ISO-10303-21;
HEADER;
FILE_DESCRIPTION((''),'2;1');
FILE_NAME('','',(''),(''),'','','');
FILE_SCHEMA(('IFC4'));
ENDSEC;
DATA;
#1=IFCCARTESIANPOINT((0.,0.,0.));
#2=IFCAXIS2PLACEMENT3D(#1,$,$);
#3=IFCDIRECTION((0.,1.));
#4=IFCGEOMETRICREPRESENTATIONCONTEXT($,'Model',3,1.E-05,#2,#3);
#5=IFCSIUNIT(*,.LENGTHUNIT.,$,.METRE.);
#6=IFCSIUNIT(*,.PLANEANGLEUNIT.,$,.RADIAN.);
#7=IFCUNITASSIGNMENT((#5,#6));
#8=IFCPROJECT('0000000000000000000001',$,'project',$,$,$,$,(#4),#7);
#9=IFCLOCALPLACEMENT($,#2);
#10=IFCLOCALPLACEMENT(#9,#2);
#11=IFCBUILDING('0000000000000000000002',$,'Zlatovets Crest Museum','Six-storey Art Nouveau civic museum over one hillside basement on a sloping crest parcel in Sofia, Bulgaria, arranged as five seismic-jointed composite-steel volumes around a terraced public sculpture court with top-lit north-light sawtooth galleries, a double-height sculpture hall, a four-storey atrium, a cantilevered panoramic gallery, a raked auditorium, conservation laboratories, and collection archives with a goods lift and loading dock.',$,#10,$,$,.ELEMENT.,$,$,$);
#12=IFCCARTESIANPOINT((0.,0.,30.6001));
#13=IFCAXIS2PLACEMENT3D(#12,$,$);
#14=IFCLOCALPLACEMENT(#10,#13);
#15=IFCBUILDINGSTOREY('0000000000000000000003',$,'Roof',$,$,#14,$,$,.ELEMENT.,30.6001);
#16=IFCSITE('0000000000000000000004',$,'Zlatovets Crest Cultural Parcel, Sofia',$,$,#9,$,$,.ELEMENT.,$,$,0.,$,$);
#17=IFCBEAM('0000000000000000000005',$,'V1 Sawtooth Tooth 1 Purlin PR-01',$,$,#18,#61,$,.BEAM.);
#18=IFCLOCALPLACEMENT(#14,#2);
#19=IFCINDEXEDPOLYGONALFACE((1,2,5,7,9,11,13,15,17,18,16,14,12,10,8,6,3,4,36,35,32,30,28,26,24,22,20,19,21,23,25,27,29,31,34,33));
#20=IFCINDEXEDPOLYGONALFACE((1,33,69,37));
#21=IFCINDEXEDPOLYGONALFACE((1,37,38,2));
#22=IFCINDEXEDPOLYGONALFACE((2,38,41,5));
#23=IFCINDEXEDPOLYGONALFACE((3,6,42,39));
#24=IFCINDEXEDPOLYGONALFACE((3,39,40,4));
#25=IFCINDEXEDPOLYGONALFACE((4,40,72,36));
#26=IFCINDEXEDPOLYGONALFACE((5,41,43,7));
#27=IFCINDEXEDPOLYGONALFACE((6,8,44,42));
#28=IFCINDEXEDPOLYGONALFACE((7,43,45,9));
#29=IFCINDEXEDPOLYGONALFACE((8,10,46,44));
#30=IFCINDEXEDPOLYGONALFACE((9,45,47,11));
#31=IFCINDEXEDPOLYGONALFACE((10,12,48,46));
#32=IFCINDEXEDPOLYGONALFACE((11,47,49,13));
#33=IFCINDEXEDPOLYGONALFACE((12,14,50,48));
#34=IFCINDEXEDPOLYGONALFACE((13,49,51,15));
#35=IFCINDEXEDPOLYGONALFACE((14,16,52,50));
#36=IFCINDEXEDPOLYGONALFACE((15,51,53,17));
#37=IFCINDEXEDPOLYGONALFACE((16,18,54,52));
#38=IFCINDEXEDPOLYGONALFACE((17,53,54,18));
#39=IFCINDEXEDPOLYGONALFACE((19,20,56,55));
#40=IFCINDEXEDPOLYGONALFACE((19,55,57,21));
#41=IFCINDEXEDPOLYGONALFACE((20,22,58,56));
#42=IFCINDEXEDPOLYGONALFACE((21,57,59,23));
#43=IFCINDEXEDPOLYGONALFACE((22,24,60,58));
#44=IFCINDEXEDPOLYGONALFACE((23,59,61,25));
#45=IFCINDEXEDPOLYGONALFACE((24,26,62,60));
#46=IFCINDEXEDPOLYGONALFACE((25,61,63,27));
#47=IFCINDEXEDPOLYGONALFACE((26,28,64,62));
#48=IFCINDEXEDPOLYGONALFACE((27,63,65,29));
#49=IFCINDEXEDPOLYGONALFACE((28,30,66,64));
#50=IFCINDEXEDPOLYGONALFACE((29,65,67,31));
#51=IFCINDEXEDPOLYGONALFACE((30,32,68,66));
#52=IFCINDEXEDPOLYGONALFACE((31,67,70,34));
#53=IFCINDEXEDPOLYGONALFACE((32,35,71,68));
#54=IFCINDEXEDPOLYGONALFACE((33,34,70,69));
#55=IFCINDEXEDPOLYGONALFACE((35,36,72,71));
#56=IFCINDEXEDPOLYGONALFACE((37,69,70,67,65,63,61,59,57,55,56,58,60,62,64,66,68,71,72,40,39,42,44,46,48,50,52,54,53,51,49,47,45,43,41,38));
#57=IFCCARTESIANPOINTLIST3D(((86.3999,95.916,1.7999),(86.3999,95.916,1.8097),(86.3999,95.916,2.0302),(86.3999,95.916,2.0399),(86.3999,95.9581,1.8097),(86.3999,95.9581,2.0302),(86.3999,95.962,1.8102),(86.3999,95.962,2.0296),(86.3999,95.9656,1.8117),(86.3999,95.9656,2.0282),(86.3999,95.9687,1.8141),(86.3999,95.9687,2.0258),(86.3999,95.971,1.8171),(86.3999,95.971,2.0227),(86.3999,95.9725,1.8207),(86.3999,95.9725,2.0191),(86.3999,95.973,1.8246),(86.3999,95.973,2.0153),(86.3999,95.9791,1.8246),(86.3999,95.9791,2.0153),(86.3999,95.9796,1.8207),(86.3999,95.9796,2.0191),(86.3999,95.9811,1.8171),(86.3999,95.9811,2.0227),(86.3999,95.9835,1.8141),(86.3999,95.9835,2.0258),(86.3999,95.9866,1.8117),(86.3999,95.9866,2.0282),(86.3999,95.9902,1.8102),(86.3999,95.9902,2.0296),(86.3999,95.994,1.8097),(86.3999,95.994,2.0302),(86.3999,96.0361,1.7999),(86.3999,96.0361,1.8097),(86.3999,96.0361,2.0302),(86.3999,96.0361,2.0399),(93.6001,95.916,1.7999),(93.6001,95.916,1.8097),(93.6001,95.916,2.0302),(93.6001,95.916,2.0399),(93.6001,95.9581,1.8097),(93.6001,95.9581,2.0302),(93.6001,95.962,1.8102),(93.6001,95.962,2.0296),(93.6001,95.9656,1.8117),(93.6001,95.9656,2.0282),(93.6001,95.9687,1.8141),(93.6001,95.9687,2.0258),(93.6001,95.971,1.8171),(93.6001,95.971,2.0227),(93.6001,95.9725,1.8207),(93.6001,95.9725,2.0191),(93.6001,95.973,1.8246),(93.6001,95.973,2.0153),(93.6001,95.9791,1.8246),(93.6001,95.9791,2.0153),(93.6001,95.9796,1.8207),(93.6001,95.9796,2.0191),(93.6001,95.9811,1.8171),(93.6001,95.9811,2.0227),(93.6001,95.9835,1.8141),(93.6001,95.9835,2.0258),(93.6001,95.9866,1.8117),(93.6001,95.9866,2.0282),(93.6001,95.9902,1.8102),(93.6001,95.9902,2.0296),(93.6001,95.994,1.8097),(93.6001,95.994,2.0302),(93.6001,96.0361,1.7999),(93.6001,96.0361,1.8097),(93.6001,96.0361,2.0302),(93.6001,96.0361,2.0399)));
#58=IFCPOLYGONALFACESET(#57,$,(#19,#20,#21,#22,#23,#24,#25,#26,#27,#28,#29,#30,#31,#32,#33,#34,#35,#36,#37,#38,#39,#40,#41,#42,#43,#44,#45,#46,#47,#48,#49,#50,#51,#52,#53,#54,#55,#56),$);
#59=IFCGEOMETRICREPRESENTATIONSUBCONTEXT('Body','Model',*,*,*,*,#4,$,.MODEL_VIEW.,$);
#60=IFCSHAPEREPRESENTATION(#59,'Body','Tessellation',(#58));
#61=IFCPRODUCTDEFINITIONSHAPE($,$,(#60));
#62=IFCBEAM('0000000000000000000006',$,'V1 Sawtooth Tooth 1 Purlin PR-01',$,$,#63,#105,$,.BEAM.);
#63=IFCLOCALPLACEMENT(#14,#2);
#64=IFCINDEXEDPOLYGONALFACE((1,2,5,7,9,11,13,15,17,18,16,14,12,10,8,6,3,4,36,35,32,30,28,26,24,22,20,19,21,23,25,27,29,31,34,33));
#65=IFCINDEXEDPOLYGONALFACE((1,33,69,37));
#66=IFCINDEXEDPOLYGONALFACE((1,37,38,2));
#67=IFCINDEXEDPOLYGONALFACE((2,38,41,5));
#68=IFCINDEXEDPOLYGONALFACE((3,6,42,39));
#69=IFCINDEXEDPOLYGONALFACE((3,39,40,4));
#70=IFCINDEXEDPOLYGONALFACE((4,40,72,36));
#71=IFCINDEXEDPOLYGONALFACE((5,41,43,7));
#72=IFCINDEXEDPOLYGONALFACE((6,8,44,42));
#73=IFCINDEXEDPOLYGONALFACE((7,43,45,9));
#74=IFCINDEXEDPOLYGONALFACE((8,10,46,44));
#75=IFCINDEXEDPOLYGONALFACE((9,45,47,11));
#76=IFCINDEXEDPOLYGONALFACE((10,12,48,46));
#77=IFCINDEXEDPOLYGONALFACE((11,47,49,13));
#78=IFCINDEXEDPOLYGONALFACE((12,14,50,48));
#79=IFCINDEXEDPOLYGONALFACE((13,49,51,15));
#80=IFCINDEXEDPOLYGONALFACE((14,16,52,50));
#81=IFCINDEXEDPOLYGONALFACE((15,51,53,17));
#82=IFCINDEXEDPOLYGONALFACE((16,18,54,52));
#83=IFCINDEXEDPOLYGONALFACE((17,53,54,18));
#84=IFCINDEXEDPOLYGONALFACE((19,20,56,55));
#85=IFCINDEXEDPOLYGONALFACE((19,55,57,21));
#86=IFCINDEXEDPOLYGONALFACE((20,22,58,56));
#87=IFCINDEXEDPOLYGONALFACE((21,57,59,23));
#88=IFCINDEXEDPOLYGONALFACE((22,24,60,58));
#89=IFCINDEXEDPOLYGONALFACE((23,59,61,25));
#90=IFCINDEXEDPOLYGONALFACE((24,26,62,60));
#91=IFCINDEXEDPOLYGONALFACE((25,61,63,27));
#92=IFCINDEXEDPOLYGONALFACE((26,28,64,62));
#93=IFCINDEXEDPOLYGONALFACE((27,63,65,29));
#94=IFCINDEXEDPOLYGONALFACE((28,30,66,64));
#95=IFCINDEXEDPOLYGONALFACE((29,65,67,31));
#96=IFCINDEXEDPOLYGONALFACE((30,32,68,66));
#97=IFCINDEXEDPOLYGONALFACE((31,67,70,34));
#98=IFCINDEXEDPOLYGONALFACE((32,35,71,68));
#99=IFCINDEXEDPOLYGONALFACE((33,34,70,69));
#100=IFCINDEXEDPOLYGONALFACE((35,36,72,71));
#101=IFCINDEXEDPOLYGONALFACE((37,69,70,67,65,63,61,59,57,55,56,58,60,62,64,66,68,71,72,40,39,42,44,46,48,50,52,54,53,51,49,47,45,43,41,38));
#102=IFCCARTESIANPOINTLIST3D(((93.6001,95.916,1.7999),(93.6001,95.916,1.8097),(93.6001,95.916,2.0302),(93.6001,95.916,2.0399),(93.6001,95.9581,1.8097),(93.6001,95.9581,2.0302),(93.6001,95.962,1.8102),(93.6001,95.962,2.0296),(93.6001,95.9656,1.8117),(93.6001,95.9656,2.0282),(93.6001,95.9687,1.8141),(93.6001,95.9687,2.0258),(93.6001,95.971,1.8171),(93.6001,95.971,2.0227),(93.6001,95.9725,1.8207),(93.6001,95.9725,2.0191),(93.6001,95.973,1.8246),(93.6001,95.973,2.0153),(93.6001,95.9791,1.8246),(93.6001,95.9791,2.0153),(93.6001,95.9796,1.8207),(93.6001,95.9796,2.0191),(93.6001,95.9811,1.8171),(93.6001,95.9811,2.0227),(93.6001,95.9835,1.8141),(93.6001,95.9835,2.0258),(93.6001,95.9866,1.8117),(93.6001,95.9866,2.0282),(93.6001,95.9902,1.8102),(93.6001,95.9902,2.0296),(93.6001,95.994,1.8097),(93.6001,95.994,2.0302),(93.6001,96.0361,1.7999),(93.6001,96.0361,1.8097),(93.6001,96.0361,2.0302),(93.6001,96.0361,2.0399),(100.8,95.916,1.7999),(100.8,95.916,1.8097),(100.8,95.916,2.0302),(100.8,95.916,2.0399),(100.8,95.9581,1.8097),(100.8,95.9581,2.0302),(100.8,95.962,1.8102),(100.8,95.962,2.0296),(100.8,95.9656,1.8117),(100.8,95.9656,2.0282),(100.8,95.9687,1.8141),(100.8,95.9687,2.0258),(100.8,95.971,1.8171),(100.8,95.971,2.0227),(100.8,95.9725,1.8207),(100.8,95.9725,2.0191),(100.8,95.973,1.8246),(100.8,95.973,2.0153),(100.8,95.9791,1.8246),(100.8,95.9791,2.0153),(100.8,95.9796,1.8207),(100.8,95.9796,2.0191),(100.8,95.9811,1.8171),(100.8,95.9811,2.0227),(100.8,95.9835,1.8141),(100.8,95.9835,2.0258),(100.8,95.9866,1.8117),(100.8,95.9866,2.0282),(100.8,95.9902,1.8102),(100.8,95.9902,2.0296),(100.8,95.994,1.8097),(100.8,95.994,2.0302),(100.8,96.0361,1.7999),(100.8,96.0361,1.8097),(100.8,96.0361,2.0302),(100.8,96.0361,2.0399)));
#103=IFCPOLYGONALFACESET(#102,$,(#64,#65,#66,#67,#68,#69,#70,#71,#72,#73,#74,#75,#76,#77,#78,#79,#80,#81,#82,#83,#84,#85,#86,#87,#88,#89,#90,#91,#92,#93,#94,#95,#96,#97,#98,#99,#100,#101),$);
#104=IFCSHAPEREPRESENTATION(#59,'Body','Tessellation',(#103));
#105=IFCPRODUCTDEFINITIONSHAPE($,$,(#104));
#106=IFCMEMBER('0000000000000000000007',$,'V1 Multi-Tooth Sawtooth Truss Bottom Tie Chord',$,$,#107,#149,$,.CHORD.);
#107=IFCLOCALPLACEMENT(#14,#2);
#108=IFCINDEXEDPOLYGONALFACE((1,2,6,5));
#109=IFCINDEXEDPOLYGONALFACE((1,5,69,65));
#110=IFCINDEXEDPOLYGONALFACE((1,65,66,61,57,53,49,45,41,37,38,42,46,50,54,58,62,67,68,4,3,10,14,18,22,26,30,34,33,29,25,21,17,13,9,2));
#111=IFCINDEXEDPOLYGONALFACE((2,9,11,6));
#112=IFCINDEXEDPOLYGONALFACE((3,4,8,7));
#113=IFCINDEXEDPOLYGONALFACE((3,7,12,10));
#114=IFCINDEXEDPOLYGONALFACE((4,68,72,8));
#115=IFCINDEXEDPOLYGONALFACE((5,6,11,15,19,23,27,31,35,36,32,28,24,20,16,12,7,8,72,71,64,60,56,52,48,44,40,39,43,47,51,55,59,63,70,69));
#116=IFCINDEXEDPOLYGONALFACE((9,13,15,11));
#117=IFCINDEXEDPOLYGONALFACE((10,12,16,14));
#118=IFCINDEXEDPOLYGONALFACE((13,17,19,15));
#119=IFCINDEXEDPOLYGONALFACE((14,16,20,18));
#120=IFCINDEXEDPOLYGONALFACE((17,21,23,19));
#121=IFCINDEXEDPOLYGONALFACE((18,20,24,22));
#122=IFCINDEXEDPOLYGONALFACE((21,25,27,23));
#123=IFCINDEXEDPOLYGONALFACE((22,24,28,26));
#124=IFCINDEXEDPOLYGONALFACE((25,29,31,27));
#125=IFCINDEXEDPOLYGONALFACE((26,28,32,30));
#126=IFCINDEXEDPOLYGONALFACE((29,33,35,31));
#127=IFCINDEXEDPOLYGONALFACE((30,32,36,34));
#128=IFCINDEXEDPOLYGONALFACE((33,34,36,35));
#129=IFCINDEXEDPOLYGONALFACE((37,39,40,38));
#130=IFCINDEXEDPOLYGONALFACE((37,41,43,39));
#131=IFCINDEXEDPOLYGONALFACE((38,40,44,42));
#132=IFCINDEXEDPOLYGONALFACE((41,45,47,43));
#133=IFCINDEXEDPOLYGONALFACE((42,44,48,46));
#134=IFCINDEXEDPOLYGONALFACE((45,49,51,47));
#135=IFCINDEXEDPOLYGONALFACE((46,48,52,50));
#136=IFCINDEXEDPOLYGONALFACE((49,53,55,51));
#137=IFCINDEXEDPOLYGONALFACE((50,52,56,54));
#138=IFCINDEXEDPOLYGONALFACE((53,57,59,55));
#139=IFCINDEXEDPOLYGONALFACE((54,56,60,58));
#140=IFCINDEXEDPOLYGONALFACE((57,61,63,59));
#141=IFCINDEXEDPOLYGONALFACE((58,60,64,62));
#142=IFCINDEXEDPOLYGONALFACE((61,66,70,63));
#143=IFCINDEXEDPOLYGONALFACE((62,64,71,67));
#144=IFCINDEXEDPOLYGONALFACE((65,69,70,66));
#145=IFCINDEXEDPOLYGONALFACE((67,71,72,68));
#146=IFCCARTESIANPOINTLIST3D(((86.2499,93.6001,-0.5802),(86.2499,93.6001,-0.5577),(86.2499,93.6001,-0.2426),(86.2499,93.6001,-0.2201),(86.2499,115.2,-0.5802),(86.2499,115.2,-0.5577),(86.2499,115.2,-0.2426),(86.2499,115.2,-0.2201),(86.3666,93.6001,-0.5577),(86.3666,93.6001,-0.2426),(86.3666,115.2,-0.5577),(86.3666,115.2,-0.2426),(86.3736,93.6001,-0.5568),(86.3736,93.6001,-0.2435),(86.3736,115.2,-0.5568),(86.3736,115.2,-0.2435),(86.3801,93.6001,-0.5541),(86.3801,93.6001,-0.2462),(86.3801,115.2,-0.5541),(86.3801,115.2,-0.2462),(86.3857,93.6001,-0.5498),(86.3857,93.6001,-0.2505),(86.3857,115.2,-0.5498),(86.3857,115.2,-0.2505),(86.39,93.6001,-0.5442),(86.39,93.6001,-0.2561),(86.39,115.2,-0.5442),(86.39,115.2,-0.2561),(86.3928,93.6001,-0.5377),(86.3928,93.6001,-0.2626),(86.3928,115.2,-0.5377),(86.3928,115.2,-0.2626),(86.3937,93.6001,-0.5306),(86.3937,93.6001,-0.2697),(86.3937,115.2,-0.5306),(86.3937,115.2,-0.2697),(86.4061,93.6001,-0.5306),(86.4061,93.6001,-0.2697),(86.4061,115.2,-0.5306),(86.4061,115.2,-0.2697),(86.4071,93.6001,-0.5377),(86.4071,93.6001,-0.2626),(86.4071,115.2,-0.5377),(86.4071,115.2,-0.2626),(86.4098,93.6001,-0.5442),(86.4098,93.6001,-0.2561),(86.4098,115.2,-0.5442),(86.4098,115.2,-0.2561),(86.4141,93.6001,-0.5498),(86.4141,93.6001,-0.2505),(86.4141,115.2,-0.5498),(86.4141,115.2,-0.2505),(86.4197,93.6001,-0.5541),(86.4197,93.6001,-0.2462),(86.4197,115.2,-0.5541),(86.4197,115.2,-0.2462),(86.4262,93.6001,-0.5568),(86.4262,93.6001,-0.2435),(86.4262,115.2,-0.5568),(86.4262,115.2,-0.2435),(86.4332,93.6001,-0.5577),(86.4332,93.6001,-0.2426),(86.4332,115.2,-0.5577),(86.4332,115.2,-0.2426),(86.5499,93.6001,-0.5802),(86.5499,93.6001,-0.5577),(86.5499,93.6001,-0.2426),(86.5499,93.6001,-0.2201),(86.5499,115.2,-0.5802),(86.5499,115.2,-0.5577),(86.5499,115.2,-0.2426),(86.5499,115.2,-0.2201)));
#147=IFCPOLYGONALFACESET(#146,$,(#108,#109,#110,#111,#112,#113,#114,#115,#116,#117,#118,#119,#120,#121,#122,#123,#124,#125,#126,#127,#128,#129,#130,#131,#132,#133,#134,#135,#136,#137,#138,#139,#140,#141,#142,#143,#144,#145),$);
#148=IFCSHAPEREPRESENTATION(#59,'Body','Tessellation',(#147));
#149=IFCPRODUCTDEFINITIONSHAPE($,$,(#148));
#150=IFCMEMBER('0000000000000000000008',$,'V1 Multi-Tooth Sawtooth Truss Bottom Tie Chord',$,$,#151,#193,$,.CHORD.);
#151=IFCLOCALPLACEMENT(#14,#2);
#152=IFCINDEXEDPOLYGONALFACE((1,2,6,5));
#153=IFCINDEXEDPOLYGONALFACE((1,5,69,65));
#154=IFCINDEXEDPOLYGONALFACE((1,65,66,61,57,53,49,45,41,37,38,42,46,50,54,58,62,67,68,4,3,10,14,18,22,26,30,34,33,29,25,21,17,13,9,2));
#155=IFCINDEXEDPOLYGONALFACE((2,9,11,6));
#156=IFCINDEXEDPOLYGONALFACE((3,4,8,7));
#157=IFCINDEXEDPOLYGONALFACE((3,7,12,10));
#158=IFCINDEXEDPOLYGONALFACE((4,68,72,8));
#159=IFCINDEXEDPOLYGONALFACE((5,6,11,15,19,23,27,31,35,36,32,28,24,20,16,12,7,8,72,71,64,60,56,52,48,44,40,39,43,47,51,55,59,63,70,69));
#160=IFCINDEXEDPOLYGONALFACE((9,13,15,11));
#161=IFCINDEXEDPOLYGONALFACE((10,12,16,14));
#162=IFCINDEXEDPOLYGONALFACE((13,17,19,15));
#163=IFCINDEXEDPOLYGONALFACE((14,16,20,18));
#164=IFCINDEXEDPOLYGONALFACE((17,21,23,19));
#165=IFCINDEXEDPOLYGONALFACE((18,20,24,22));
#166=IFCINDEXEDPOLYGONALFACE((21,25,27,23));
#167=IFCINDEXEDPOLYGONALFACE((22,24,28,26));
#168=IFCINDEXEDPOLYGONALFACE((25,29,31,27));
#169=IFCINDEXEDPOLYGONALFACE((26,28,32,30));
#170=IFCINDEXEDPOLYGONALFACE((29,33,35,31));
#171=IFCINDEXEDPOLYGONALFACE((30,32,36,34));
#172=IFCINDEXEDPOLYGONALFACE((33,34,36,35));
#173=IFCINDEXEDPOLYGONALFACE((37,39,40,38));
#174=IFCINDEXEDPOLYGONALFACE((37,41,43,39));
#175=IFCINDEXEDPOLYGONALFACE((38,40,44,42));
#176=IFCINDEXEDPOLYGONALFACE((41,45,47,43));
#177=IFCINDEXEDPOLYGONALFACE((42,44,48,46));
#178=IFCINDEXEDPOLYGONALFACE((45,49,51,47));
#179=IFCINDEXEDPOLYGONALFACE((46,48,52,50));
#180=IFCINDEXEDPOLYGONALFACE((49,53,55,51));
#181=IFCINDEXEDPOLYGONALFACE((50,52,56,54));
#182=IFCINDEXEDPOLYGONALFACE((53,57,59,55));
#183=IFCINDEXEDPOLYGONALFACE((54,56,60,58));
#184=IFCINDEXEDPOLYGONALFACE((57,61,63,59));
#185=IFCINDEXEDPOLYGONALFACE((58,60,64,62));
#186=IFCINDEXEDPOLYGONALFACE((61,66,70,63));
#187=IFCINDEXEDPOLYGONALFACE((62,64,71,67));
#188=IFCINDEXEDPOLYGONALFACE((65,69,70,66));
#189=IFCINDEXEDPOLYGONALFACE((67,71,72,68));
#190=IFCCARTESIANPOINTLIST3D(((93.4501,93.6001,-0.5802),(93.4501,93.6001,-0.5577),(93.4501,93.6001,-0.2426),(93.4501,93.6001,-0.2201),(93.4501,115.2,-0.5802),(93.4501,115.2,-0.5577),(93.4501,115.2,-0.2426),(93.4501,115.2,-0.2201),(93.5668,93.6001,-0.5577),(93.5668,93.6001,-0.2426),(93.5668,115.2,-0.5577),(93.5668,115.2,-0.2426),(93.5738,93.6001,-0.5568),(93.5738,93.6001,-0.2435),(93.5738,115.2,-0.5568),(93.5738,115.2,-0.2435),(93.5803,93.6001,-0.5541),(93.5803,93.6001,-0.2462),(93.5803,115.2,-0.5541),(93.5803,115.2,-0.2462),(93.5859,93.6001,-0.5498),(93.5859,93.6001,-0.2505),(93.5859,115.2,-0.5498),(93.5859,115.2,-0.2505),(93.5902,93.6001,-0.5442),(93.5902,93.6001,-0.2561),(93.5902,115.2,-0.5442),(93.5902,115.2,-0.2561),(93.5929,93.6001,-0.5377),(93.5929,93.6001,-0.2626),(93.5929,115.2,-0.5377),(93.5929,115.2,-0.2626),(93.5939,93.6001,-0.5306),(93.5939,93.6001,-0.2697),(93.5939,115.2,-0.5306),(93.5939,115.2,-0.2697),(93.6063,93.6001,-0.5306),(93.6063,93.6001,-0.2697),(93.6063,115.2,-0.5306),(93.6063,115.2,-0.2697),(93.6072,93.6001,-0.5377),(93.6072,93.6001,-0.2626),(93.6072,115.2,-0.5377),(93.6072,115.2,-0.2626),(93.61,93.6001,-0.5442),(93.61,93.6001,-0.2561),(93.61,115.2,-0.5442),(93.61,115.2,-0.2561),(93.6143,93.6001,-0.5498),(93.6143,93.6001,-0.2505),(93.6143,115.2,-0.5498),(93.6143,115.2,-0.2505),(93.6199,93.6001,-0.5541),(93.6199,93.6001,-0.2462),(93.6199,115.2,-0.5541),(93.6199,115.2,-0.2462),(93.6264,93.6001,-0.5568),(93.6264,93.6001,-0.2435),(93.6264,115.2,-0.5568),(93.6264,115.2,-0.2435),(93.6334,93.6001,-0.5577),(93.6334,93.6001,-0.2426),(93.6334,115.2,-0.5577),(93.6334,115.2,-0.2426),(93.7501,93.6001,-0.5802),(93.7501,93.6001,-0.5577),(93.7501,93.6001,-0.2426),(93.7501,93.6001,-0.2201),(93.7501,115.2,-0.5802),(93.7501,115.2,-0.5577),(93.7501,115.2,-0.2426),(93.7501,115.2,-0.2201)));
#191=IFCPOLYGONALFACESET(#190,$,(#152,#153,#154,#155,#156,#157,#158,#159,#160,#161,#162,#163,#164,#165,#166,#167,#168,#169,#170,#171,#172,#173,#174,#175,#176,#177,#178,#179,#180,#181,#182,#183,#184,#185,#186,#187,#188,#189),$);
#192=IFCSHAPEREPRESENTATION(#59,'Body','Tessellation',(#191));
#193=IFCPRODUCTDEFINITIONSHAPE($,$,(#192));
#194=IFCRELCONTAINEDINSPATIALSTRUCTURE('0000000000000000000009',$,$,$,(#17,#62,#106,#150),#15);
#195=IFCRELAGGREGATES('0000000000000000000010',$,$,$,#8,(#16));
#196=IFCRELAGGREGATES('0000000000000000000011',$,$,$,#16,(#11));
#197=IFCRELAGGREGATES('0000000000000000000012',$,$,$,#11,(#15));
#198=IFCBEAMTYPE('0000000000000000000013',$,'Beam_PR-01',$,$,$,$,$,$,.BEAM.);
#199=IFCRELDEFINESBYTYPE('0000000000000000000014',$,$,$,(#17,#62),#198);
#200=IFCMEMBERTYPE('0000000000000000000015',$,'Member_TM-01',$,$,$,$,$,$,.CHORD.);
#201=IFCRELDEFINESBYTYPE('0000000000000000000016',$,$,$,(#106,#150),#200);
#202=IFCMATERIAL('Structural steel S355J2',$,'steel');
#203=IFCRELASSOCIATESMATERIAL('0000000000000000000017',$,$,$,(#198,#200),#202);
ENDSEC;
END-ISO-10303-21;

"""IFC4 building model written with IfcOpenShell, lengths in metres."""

from ifc_helpers import new_model, si_unit, direction, frame, origin, origin_2d, place, context, subcontext, project, spatial, i_section, extrude, material, material_profile, profile_set, type_object, element, save


model = new_model("IFC4")

# Units and contexts
model_context = context("Model", 3, precision=1e-05, world=origin(), true_north=direction((0.0, 1.0)))
body_context = subcontext(model_context, "Body", "Model", "MODEL_VIEW")
ifc_project = project(units=[si_unit("LENGTHUNIT", "METRE"), si_unit("PLANEANGLEUNIT", "RADIAN")], contexts=[model_context])

# Site, building, storey
site_placement = place(None, origin())
site = spatial("IfcSite", under=ifc_project, at=site_placement, Name="Zlatovets Crest Cultural Parcel, Sofia", CompositionType="ELEMENT", RefElevation=0.0)
building_placement = place(site_placement, origin())
building = spatial("IfcBuilding", under=site, at=building_placement, Name="Zlatovets Crest Museum", Description="Six-storey Art Nouveau civic museum over one hillside basement on a sloping crest parcel in Sofia, Bulgaria, arranged as five seismic-jointed composite-steel volumes around a terraced public sculpture court with top-lit north-light sawtooth galleries, a double-height sculpture hall, a four-storey atrium, a cantilevered panoramic gallery, a raked auditorium, conservation laboratories, and collection archives with a goods lift and loading dock.", CompositionType="ELEMENT")
storey_placement = place(building_placement, frame((0.0, 0.0, 30.6001)))
storey = spatial("IfcBuildingStorey", under=building, at=storey_placement, Name="Roof", CompositionType="ELEMENT", Elevation=30.6001)

# Beams
ifc_material_1 = material(Name="Structural steel S355J2", Category="steel")
ifc_material_profile_1 = material_profile(ifc_material_1, i_section(OverallWidth=0.1201, OverallDepth=0.24, WebThickness=0.0061, FlangeThickness=0.0098, FilletRadius=0.0149, at=origin_2d()), Name="IPE 240")
ifc_profile_set_1 = profile_set([ifc_material_profile_1], Name="Structural steel S355J2")
beam_type_1 = type_object("IfcBeamType", Name="Beam_PR-01", PredefinedType="BEAM", material=ifc_profile_set_1)
beam_1_placement = place(storey_placement, frame((86.3999, 95.9761, 1.9199), z_axis=(1.0, 0.0, 0.0), x_axis=(0.0, 1.0, 0.0)))
element("IfcBeam", 1, at=beam_1_placement, inside=storey, type_object=beam_type_1, Name="V1 Sawtooth Tooth 1 Purlin PR-01", PredefinedType="BEAM", context=body_context, shape_type="SweptSolid", body=[
    extrude(i_section(OverallWidth=0.1201, OverallDepth=0.24, WebThickness=0.0061, FlangeThickness=0.0098, FilletRadius=0.0149, at=origin_2d()), origin(), (0.0, 0.0, 1.0), 7.2002),
])
beam_2_placement = place(storey_placement, frame((93.6001, 95.9761, 1.9199), z_axis=(1.0, 0.0, 0.0), x_axis=(0.0, 1.0, 0.0)))
element("IfcBeam", 2, at=beam_2_placement, inside=storey, type_object=beam_type_1, Name="V1 Sawtooth Tooth 1 Purlin PR-01", PredefinedType="BEAM", context=body_context, shape_type="SweptSolid", body=[
    extrude(i_section(OverallWidth=0.1201, OverallDepth=0.24, WebThickness=0.0061, FlangeThickness=0.0098, FilletRadius=0.0149, at=origin_2d()), origin(), (0.0, 0.0, 1.0), 7.2),
])

# Members
ifc_material_profile_2 = material_profile(ifc_material_1, i_section(OverallWidth=0.3, OverallDepth=0.3601, WebThickness=0.0125, FlangeThickness=0.0225, FilletRadius=0.0271, at=origin_2d()), Name="HEB 360")
ifc_profile_set_2 = profile_set([ifc_material_profile_2], Name="Structural steel S355J2")
member_type_1 = type_object("IfcMemberType", Name="Member_TM-01", PredefinedType="CHORD", material=ifc_profile_set_2)
for number, where, z_axis, x_axis, name in (
    (3, (86.3999, 93.6001, -0.4001), (0.0, 1.0, 0.0), (-1.0, 0.0, 0.0), "V1 Multi-Tooth Sawtooth Truss Bottom Tie Chord"),
    (4, (93.6001, 93.6001, -0.4001), (0.0, 1.0, 0.0), (-1.0, 0.0, 0.0), "V1 Multi-Tooth Sawtooth Truss Bottom Tie Chord"),
):
    element("IfcMember", number, at=place(storey_placement, frame(where, z_axis=z_axis, x_axis=x_axis)), inside=storey, type_object=member_type_1, Name=name, PredefinedType="CHORD", context=body_context, shape_type="SweptSolid", body=[
        extrude(i_section(OverallWidth=0.3, OverallDepth=0.3601, WebThickness=0.0125, FlangeThickness=0.0225, FilletRadius=0.0271, at=origin_2d()), origin(), (0.0, 0.0, 1.0), 21.5999),
    ])

save(model, "model.ifc")
